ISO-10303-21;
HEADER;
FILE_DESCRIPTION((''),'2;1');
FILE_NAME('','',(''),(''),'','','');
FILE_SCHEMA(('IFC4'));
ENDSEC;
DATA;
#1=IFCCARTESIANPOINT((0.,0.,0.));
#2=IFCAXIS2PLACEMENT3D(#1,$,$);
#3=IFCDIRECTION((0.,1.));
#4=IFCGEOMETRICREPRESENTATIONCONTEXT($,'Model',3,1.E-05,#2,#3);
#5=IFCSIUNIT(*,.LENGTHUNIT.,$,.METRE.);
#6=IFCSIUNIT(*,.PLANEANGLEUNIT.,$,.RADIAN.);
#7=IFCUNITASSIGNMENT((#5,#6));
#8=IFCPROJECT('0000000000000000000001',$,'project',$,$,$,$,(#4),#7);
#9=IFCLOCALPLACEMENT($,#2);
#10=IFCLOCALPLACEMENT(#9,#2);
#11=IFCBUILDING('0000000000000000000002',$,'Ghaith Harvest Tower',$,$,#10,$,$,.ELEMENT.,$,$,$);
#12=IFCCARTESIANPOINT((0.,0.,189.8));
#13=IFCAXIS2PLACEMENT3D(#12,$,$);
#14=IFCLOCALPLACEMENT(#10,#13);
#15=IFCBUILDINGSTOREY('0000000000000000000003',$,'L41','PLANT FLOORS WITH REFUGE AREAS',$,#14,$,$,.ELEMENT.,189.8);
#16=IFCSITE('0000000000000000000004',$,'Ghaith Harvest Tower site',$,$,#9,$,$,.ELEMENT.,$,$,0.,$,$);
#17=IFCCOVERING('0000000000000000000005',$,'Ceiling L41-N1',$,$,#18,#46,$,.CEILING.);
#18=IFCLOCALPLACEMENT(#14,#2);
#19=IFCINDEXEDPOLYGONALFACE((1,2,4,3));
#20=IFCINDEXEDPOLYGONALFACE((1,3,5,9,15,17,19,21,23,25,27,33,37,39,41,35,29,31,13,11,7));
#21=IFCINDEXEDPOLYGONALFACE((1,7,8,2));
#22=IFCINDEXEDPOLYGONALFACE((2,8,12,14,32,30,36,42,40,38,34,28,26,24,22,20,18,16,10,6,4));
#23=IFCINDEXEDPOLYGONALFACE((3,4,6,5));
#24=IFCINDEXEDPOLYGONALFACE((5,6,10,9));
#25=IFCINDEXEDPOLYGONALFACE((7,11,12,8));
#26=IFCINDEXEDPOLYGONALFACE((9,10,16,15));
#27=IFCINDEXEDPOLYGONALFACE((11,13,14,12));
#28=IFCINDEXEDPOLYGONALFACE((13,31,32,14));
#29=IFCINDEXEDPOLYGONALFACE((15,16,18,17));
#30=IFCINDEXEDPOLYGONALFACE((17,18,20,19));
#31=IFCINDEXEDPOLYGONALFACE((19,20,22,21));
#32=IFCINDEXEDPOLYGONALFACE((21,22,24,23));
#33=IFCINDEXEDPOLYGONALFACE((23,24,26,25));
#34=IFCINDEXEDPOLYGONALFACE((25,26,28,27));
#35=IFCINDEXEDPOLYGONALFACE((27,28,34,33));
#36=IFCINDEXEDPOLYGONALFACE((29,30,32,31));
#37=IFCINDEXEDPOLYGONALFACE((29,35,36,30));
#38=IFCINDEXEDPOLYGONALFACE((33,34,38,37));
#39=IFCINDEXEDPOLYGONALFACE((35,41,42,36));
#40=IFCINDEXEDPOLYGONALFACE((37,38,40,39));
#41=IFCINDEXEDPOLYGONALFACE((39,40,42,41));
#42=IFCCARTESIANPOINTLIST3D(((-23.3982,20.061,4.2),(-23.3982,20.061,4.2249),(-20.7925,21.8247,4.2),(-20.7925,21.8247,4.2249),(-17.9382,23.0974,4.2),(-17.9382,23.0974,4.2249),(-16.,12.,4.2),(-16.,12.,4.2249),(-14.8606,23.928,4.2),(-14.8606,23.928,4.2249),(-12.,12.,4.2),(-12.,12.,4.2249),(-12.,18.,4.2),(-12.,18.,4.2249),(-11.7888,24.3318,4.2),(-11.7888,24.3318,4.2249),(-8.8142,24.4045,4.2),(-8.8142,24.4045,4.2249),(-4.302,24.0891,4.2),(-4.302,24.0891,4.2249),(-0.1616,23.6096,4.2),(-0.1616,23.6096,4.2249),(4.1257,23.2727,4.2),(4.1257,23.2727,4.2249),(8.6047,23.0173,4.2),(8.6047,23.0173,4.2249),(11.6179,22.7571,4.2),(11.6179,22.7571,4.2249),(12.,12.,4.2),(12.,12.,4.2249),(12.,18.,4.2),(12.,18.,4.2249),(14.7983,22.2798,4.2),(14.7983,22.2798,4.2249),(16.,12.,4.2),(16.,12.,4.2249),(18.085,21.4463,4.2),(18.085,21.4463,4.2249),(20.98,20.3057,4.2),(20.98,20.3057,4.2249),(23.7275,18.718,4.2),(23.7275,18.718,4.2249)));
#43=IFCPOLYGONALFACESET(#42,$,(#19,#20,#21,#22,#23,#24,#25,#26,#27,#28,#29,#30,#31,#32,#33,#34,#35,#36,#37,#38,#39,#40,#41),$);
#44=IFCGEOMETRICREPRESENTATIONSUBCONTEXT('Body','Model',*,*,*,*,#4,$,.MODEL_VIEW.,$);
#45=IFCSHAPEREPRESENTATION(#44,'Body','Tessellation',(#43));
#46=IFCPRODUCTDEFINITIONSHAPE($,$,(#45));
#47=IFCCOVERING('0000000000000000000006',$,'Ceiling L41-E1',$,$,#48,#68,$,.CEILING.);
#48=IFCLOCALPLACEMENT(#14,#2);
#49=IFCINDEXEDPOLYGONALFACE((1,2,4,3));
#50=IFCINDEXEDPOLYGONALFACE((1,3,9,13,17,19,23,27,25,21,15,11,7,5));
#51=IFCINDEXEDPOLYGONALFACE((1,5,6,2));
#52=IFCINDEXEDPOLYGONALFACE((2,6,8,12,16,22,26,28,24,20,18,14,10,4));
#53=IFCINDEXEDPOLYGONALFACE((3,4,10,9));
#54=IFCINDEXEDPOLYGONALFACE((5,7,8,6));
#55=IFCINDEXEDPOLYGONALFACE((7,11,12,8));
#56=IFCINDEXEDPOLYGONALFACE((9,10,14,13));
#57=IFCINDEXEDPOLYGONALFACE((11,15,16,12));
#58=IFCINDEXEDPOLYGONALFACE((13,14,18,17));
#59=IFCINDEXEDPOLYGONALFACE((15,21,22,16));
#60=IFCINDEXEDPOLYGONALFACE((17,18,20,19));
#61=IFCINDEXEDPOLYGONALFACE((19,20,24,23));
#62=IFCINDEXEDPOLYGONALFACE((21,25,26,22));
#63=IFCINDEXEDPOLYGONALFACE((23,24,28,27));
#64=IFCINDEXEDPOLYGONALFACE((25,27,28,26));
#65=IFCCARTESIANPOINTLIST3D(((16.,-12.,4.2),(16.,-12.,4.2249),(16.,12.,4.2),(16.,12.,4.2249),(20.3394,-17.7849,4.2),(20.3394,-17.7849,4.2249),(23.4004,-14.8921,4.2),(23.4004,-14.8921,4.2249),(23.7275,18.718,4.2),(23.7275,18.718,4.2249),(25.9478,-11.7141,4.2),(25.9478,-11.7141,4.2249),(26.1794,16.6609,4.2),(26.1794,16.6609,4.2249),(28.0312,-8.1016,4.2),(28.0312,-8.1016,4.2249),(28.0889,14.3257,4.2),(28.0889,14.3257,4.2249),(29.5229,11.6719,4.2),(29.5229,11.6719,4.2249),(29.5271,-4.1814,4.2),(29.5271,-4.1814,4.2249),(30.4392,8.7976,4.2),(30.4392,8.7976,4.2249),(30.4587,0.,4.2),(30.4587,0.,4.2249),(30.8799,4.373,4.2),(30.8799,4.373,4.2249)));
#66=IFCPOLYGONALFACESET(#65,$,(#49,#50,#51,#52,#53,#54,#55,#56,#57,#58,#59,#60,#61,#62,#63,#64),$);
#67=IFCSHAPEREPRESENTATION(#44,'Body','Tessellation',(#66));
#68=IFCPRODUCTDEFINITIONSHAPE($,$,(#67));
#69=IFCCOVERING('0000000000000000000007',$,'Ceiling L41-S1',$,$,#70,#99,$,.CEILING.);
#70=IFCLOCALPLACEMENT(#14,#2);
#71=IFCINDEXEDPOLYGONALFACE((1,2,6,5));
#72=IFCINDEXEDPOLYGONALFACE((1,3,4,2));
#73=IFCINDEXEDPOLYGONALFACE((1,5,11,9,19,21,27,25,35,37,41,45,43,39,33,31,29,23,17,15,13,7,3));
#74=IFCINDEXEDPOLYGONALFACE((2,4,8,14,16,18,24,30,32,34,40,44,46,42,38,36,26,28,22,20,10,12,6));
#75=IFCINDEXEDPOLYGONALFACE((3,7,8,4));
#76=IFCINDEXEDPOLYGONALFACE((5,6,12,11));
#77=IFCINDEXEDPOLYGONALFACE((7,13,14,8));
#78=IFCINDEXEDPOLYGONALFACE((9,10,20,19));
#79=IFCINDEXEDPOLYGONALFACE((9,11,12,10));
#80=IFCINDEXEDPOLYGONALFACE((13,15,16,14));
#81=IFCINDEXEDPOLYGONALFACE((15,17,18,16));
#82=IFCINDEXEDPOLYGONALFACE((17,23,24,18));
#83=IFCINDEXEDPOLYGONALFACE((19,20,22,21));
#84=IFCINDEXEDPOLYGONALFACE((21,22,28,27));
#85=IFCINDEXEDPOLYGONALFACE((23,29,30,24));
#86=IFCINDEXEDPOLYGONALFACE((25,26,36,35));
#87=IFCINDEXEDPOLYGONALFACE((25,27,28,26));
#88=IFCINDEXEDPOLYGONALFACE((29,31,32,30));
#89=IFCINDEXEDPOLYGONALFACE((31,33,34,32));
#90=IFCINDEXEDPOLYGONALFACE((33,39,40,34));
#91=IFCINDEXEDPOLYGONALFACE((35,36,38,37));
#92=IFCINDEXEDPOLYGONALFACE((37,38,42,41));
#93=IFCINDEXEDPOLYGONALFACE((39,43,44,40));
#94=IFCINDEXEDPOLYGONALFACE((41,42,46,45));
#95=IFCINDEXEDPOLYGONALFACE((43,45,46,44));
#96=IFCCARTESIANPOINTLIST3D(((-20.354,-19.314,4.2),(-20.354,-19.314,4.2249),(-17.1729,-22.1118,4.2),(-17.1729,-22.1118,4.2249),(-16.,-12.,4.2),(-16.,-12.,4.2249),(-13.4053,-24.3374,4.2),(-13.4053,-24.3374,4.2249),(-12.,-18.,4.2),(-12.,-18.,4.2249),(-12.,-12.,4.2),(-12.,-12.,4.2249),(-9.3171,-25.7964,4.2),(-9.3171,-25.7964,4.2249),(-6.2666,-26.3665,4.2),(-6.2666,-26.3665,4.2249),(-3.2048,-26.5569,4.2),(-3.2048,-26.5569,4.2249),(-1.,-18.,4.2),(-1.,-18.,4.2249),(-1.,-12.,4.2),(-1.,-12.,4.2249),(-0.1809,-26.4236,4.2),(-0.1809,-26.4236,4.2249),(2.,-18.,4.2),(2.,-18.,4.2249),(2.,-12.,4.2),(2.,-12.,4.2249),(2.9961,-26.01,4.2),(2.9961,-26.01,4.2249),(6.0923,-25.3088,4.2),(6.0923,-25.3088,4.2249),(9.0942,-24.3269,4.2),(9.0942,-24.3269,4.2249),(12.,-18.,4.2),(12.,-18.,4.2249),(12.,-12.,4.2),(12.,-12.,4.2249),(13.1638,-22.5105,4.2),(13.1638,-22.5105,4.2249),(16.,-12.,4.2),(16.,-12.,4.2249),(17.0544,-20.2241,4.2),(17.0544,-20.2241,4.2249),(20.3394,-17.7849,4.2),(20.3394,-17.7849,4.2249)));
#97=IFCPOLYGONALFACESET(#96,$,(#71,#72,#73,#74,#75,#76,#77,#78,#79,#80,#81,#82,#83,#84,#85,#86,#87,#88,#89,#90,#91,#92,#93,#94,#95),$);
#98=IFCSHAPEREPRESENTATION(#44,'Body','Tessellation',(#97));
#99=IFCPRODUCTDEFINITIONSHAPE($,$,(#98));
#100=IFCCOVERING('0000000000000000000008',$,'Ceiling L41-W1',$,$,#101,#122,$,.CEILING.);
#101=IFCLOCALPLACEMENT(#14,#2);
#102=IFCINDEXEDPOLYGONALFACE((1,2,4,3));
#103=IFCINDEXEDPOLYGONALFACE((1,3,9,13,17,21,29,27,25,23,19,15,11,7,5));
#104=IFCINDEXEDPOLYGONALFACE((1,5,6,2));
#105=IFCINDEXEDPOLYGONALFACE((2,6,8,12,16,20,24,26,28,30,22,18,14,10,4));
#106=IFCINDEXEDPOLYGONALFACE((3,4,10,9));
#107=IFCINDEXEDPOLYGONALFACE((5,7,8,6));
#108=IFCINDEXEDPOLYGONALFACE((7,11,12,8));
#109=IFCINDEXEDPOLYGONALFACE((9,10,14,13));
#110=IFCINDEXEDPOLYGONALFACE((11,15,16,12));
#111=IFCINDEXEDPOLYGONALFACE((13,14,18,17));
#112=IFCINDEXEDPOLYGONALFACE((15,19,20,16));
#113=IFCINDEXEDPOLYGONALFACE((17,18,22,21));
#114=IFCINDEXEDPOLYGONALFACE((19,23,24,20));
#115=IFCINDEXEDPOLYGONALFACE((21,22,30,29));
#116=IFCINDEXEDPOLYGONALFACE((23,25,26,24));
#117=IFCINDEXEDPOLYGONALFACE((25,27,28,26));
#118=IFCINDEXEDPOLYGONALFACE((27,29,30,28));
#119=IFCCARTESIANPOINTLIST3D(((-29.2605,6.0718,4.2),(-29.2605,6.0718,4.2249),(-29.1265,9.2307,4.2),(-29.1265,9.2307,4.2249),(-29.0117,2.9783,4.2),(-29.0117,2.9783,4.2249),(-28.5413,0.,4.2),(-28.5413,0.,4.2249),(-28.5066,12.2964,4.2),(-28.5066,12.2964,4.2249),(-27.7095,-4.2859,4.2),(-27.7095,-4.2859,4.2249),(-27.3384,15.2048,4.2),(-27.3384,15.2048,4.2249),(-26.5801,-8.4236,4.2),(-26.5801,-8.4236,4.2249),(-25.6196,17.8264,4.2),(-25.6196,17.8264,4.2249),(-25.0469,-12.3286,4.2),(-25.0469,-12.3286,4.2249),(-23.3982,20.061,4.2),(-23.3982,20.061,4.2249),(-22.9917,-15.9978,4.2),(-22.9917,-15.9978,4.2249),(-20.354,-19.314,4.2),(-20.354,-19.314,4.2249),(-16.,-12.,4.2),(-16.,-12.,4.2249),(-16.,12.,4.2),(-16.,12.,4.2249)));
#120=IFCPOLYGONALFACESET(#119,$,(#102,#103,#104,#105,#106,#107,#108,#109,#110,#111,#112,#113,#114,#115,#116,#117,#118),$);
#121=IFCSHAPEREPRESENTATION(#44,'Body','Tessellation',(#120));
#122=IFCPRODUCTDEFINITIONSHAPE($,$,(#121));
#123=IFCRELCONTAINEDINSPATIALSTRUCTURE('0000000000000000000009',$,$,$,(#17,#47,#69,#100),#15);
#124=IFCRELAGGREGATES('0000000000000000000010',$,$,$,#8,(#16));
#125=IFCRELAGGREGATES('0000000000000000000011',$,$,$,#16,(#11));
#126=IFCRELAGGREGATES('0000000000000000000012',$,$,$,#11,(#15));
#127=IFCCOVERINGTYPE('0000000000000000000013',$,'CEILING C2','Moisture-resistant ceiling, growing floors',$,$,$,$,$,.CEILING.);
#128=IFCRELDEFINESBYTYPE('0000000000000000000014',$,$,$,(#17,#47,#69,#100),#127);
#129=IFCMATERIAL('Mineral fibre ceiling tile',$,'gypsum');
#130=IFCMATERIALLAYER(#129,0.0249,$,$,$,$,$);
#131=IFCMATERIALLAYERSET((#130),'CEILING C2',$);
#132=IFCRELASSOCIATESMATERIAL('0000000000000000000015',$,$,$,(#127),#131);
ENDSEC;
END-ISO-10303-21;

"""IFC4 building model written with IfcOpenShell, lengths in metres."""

from ifc_helpers import new_model, si_unit, direction, frame, origin, place, context, subcontext, project, spatial, polyline, outline, extrude, material, layer, layer_set, type_object, element, save


model = new_model("IFC4")

# Units and contexts
model_context = context("Model", 3, precision=1e-05, world=origin(), true_north=direction((0.0, 1.0)))
body_context = subcontext(model_context, "Body", "Model", "MODEL_VIEW")
ifc_project = project(units=[si_unit("LENGTHUNIT", "METRE"), si_unit("PLANEANGLEUNIT", "RADIAN")], contexts=[model_context])

# Site, building, storey
site_placement = place(None, origin())
site = spatial("IfcSite", under=ifc_project, at=site_placement, Name="Ghaith Harvest Tower site", CompositionType="ELEMENT", RefElevation=0.0)
building_placement = place(site_placement, origin())
building = spatial("IfcBuilding", under=site, at=building_placement, Name="Ghaith Harvest Tower", CompositionType="ELEMENT")
storey_placement = place(building_placement, frame((0.0, 0.0, 189.8)))
storey = spatial("IfcBuildingStorey", under=building, at=storey_placement, Name="L41", Description="PLANT FLOORS WITH REFUGE AREAS", CompositionType="ELEMENT", Elevation=189.8)

# Coverings
ifc_material_1 = material(Name="Mineral fibre ceiling tile", Category="gypsum")
ifc_layer_1 = layer(ifc_material_1, 0.0249)
ifc_layer_set_1 = layer_set([ifc_layer_1], Name="CEILING C2")
covering_type = type_object("IfcCoveringType", Name="CEILING C2", Description="Moisture-resistant ceiling, growing floors", PredefinedType="CEILING", material=ifc_layer_set_1)
covering_1_placement = place(storey_placement, frame((0.0, 0.0, 4.2)))
element("IfcCovering", 1, at=covering_1_placement, inside=storey, type_object=covering_type, Name="Ceiling L41-N1", PredefinedType="CEILING", context=body_context, shape_type="SweptSolid", body=[
    extrude(outline(polyline([(-20.7925, 21.8247), (-17.9382, 23.0974), (-14.8606, 23.928), (-11.7888, 24.3318), (-8.8142, 24.4045), (-4.302, 24.0891), (-0.1616, 23.6096), (4.1257, 23.2727), (8.6047, 23.0173), (11.6179, 22.7571), (14.7983, 22.2798), (18.085, 21.4463), (20.98, 20.3057), (23.7275, 18.718), (16.0, 12.0), (12.0, 12.0), (12.0, 18.0), (-12.0, 18.0), (-12.0, 12.0), (-16.0, 12.0), (-23.3982, 20.061), (-20.7925, 21.8247)])), origin(), (0.0, 0.0, 1.0), 0.0249),
])
covering_2_placement = place(storey_placement, frame((0.0, 0.0, 4.2)))
element("IfcCovering", 2, at=covering_2_placement, inside=storey, type_object=covering_type, Name="Ceiling L41-E1", PredefinedType="CEILING", context=body_context, shape_type="SweptSolid", body=[
    extrude(outline(polyline([(26.1794, 16.6609), (28.0889, 14.3257), (29.5229, 11.6719), (30.4392, 8.7976), (30.8799, 4.373), (30.4587, 0.0), (29.5271, -4.1814), (28.0312, -8.1016), (25.9478, -11.7141), (23.4004, -14.8921), (20.3394, -17.7849), (16.0, -12.0), (16.0, 12.0), (23.7275, 18.718), (26.1794, 16.6609)])), origin(), (0.0, 0.0, 1.0), 0.0249),
])
covering_3_placement = place(storey_placement, frame((0.0, 0.0, 4.2)))
element("IfcCovering", 3, at=covering_3_placement, inside=storey, type_object=covering_type, Name="Ceiling L41-S1", PredefinedType="CEILING", context=body_context, shape_type="SweptSolid", body=[
    extrude(outline(polyline([(17.0544, -20.2241), (13.1638, -22.5105), (9.0942, -24.3269), (6.0923, -25.3088), (2.9961, -26.01), (-0.1809, -26.4236), (-3.2048, -26.5569), (-6.2666, -26.3665), (-9.3171, -25.7964), (-13.4053, -24.3374), (-17.1729, -22.1118), (-20.354, -19.314), (-16.0, -12.0), (-12.0, -12.0), (-12.0, -18.0), (-1.0, -18.0), (-1.0, -12.0), (2.0, -12.0), (2.0, -18.0), (12.0, -18.0), (12.0, -12.0), (16.0, -12.0), (20.3394, -17.7849), (17.0544, -20.2241)])), origin(), (0.0, 0.0, 1.0), 0.0249),
])
covering_4_placement = place(storey_placement, frame((0.0, 0.0, 4.2)))
element("IfcCovering", 4, at=covering_4_placement, inside=storey, type_object=covering_type, Name="Ceiling L41-W1", PredefinedType="CEILING", context=body_context, shape_type="SweptSolid", body=[
    extrude(outline(polyline([(-22.9917, -15.9978), (-25.0469, -12.3286), (-26.5801, -8.4236), (-27.7095, -4.2859), (-28.5413, 0.0), (-29.0117, 2.9783), (-29.2605, 6.0718), (-29.1265, 9.2307), (-28.5066, 12.2964), (-27.3384, 15.2048), (-25.6196, 17.8264), (-23.3982, 20.061), (-16.0, 12.0), (-16.0, -12.0), (-20.354, -19.314), (-22.9917, -15.9978)])), origin(), (0.0, 0.0, 1.0), 0.0249),
])

save(model, "model.ifc")
